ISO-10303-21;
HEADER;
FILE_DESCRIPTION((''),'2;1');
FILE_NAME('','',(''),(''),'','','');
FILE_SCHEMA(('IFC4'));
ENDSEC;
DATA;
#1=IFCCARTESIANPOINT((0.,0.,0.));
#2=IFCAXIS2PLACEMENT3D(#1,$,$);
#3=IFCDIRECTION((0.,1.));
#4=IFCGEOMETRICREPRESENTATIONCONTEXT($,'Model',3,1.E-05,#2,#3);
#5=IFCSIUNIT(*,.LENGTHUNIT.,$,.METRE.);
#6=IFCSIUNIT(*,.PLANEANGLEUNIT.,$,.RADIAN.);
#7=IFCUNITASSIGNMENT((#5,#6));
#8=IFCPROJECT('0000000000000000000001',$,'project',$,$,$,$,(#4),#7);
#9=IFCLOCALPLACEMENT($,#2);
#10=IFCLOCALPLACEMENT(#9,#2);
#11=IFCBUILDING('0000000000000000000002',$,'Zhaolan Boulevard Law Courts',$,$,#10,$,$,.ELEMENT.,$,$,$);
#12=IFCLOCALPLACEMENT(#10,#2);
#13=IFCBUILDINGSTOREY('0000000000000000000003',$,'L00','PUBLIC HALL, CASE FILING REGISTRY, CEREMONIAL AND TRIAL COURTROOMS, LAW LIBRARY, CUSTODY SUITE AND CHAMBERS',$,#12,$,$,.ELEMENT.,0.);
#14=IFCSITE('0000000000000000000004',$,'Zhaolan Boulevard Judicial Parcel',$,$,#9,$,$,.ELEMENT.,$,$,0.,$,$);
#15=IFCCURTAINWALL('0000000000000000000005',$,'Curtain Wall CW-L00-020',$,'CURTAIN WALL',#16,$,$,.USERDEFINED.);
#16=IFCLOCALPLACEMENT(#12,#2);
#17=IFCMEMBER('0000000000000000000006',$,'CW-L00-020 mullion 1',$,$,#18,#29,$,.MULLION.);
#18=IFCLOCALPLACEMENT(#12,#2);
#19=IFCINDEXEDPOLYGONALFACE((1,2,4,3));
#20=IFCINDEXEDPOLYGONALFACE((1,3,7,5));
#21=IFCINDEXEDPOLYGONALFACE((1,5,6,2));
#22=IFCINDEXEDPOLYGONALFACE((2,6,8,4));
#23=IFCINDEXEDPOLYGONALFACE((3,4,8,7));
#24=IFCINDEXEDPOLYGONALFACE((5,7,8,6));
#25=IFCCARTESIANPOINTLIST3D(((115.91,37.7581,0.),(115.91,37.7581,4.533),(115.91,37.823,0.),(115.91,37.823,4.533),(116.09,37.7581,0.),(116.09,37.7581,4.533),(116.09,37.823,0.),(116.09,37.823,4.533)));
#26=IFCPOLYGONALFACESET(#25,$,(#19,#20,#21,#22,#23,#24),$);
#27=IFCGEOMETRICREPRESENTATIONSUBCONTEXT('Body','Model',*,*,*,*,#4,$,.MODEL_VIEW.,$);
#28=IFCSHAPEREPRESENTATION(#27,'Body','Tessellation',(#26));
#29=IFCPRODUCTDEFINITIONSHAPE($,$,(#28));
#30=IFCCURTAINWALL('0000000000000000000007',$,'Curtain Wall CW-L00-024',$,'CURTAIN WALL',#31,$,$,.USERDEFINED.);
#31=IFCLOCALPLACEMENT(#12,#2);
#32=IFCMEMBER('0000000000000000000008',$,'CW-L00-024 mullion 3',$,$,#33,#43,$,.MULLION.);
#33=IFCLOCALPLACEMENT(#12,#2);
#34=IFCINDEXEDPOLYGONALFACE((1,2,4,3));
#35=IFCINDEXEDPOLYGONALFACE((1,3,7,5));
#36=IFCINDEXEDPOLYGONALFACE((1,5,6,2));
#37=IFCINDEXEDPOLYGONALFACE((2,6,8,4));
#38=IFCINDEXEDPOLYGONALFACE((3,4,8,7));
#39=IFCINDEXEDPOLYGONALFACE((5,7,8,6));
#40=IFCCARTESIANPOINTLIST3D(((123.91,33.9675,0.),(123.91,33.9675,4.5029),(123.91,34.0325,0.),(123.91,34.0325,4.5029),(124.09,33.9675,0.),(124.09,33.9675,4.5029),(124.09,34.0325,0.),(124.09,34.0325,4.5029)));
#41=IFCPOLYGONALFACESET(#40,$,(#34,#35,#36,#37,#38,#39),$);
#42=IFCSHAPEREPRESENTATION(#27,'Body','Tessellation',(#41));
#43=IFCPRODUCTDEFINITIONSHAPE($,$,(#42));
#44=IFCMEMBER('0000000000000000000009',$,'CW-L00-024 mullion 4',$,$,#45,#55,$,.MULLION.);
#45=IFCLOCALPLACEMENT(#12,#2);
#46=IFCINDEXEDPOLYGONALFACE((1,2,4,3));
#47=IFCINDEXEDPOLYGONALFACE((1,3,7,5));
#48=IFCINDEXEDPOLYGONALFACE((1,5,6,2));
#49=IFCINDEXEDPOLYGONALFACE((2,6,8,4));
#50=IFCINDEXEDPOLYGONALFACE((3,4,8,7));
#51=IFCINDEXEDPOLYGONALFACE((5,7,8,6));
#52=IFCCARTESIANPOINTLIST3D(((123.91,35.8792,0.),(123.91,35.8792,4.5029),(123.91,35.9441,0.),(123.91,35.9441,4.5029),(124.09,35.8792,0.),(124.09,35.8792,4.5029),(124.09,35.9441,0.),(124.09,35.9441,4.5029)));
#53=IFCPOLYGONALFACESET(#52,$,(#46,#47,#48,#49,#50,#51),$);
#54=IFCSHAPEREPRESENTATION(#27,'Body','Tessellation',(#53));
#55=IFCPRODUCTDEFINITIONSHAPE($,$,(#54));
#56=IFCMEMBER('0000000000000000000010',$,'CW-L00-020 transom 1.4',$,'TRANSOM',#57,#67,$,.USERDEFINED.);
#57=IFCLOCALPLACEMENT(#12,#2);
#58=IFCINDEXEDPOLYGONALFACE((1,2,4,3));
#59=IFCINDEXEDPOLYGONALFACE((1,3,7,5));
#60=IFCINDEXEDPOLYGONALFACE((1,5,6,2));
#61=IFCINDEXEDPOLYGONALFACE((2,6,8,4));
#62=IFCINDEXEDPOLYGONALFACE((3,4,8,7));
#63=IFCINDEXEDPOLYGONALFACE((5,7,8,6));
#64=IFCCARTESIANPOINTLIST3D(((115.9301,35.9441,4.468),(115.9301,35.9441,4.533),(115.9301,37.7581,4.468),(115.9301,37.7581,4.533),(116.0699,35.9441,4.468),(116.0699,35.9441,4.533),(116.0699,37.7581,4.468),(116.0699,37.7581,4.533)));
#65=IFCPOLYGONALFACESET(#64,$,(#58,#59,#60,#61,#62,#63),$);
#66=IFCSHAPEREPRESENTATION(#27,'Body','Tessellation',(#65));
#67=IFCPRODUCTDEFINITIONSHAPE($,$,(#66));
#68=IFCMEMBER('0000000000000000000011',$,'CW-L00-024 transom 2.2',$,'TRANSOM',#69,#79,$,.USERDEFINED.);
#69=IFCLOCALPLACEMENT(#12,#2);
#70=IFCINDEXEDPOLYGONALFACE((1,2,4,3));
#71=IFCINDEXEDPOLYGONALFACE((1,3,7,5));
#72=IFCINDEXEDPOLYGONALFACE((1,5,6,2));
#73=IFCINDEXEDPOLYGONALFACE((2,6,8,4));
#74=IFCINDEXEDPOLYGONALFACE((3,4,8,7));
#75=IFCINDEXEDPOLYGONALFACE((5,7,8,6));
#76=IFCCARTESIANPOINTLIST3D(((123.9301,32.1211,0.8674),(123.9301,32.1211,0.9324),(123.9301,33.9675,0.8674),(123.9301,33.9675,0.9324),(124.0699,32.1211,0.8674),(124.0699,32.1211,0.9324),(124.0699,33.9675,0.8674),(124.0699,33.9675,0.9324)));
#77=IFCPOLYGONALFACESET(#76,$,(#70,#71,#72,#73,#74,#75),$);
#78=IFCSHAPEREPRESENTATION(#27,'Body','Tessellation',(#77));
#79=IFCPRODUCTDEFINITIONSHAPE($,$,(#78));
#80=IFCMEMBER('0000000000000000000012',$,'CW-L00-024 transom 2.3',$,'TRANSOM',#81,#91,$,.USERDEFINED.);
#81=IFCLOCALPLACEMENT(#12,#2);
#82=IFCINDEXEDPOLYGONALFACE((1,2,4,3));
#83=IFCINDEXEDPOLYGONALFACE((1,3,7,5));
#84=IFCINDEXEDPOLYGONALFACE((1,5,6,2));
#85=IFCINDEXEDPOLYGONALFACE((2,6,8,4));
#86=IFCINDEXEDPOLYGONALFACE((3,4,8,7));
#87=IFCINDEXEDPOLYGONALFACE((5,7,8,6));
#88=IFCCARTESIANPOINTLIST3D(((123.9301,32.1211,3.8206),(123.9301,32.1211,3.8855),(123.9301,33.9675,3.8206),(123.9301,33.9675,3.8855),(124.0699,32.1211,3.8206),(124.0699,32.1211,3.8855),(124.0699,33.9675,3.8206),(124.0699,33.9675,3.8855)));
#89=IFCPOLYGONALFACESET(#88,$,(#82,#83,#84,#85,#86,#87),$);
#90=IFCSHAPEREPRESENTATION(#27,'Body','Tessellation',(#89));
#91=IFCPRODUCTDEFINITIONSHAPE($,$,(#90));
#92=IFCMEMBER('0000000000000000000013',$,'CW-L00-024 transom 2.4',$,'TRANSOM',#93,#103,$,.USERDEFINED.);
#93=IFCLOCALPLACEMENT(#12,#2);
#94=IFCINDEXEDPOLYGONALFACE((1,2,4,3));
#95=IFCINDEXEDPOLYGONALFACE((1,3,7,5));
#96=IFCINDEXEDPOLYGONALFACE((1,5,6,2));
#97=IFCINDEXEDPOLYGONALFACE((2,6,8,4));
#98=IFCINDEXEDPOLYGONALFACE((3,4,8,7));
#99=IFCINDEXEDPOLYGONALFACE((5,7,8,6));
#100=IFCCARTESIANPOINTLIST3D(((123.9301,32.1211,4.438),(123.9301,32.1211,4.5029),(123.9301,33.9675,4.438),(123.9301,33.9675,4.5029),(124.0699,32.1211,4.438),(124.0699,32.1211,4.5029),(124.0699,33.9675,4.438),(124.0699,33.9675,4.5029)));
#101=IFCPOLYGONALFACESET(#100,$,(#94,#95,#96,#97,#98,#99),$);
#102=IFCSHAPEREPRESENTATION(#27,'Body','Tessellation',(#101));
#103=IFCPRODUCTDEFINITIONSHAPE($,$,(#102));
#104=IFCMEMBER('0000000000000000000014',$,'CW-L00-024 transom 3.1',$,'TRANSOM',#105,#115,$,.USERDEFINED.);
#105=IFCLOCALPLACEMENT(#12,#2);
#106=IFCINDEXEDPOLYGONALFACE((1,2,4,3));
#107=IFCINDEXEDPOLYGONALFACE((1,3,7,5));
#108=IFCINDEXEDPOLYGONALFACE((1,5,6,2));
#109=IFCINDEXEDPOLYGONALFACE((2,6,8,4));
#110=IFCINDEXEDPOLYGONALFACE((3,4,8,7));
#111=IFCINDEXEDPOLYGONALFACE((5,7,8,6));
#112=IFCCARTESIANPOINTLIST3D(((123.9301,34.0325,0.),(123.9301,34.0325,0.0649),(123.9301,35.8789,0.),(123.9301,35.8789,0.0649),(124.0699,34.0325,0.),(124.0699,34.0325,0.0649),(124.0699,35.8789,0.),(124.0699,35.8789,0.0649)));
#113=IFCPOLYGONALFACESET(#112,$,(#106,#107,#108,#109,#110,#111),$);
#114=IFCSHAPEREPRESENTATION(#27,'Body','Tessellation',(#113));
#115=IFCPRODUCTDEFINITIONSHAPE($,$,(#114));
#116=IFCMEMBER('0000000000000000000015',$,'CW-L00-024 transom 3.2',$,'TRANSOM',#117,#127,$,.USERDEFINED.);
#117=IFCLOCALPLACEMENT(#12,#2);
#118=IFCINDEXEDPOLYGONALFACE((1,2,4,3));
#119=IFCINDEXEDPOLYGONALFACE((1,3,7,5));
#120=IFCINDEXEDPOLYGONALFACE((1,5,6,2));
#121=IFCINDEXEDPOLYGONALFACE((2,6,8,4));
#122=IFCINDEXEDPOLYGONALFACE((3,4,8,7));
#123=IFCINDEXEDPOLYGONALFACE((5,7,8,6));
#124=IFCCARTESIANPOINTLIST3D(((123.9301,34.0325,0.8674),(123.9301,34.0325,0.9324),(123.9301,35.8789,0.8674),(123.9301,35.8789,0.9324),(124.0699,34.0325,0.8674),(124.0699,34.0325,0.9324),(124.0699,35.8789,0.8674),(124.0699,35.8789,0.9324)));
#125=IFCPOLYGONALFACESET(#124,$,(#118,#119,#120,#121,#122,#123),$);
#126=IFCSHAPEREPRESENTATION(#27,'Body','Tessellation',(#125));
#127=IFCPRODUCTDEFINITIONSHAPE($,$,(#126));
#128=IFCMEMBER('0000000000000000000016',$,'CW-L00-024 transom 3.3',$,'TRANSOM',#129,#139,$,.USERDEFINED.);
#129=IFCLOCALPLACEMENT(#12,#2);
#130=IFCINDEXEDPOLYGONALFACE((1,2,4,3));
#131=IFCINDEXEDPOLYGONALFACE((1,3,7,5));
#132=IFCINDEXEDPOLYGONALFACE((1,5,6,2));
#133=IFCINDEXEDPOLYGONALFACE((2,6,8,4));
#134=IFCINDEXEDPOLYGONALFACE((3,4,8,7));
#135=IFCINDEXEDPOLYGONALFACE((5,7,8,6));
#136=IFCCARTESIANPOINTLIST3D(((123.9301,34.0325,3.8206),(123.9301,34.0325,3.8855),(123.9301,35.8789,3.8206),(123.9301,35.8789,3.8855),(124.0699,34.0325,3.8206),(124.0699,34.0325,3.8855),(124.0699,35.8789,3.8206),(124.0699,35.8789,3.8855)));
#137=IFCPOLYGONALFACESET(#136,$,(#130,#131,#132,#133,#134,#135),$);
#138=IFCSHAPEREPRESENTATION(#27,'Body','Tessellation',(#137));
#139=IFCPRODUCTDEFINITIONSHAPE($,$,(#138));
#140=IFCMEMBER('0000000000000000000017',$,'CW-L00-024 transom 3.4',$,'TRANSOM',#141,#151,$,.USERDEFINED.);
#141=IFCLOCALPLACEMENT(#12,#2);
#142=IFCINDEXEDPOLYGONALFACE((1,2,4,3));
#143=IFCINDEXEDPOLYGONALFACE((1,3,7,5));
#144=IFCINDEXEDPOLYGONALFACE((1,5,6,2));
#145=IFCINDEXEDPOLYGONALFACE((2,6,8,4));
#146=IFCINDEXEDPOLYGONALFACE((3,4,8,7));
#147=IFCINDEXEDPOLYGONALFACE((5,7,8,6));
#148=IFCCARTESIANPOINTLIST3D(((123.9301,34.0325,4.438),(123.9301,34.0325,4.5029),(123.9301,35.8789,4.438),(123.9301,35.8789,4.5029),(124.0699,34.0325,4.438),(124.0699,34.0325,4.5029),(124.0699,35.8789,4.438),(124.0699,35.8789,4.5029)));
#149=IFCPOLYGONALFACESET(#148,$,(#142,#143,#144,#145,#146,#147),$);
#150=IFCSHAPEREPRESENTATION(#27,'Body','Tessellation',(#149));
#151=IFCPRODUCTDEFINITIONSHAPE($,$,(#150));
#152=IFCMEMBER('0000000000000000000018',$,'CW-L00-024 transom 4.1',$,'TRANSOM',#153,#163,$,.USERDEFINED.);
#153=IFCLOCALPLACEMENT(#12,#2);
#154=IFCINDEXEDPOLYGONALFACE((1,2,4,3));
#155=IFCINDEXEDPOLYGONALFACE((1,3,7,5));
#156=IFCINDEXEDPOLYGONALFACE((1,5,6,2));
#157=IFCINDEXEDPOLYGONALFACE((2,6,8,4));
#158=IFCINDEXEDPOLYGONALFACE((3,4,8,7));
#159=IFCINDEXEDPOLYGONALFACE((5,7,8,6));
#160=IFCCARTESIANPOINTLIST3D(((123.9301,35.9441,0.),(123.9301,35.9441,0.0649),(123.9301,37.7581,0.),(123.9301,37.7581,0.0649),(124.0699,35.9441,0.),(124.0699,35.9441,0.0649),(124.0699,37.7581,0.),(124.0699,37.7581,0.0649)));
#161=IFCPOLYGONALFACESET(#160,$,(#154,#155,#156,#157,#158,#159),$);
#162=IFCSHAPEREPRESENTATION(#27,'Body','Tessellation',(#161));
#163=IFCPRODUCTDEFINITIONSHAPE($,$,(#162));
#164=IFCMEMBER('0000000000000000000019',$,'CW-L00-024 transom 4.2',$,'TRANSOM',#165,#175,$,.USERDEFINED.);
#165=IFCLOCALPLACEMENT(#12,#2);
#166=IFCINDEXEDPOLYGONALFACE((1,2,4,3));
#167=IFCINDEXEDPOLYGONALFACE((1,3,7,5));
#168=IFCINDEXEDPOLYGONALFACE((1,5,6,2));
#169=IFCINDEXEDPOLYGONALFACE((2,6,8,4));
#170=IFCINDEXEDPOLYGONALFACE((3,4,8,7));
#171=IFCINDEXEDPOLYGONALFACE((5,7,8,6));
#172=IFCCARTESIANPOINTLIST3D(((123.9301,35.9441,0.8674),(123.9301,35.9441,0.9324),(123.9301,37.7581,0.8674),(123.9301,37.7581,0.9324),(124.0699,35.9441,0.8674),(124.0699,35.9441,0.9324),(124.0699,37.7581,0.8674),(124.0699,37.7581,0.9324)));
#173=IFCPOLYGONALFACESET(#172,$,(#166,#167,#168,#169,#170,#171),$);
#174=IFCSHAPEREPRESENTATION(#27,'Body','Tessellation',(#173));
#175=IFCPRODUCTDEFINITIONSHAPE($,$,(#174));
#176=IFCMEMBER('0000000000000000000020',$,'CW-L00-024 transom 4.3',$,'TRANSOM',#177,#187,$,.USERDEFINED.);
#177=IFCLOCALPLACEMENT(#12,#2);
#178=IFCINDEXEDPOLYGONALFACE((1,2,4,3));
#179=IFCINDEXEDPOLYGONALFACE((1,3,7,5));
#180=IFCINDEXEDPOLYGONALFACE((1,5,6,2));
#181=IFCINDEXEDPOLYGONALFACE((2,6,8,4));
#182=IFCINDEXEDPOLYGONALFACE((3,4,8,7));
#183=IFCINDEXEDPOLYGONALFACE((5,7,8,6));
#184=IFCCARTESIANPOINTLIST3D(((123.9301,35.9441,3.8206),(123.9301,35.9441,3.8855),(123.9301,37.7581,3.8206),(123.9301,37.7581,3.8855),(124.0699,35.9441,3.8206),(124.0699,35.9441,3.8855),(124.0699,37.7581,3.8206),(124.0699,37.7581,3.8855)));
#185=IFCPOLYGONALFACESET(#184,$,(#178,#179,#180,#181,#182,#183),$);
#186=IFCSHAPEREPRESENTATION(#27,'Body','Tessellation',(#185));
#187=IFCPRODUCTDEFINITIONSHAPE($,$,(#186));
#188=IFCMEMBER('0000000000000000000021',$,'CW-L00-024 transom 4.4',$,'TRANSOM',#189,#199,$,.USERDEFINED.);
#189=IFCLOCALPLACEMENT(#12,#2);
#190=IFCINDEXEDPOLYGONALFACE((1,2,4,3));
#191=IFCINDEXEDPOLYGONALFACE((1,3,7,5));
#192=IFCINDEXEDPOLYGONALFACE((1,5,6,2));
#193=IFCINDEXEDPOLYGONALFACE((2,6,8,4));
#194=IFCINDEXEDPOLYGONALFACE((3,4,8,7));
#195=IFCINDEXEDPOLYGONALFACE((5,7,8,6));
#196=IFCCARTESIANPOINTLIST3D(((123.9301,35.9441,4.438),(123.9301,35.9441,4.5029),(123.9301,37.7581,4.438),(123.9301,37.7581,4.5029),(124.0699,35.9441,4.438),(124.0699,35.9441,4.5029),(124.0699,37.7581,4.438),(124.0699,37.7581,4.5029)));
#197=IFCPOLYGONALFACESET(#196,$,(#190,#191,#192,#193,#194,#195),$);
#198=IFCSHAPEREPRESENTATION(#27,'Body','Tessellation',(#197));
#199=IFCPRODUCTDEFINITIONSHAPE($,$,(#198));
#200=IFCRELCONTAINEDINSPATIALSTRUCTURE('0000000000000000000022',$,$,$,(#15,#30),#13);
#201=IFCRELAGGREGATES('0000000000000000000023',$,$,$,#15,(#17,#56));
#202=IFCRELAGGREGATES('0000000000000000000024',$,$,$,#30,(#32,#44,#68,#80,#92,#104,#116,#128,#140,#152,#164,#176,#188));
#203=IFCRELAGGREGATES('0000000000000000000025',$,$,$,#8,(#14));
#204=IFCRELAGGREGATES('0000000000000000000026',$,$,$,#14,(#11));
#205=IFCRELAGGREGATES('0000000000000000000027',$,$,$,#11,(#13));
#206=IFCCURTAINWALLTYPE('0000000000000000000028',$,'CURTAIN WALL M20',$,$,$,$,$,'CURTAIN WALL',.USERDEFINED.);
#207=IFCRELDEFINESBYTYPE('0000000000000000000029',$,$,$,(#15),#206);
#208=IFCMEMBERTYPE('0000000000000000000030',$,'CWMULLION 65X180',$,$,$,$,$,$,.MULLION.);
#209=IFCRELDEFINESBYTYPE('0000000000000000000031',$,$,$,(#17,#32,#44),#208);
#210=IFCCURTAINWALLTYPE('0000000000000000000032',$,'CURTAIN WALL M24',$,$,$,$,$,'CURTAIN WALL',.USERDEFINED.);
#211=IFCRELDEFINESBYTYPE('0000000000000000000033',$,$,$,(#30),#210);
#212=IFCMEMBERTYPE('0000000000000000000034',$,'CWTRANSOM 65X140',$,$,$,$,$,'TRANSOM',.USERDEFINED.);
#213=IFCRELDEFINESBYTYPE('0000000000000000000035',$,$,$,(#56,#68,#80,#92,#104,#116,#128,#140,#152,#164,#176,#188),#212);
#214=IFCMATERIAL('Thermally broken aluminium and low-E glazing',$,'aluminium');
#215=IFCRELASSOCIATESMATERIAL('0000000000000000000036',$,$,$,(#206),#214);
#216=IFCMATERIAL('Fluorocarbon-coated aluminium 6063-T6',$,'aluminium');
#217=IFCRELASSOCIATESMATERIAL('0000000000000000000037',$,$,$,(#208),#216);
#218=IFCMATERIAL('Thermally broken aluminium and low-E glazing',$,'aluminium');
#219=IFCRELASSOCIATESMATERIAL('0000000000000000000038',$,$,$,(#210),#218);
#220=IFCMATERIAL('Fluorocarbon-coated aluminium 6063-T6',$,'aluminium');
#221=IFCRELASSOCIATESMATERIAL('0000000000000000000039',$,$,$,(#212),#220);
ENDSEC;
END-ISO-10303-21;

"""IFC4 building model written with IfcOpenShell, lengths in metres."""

from ifc_helpers import new_model, si_unit, direction, frame, origin, origin_2d, place, context, subcontext, project, spatial, rectangle, extrude, material, material_profile, profile_set, type_object, element, aggregate, save


model = new_model("IFC4")

# Units and contexts
model_context = context("Model", 3, precision=1e-05, world=origin(), true_north=direction((0.0, 1.0)))
body_context = subcontext(model_context, "Body", "Model", "MODEL_VIEW")
ifc_project = project(units=[si_unit("LENGTHUNIT", "METRE"), si_unit("PLANEANGLEUNIT", "RADIAN")], contexts=[model_context])

# Site, building, storey
site_placement = place(None, origin())
site = spatial("IfcSite", under=ifc_project, at=site_placement, Name="Zhaolan Boulevard Judicial Parcel", CompositionType="ELEMENT", RefElevation=0.0)
building_placement = place(site_placement, origin())
building = spatial("IfcBuilding", under=site, at=building_placement, Name="Zhaolan Boulevard Law Courts", CompositionType="ELEMENT")
storey_placement = place(building_placement, origin())
storey = spatial("IfcBuildingStorey", under=building, at=storey_placement, Name="L00", Description="PUBLIC HALL, CASE FILING REGISTRY, CEREMONIAL AND TRIAL COURTROOMS, LAW LIBRARY, CUSTODY SUITE AND CHAMBERS", CompositionType="ELEMENT", Elevation=0.0)

# Curtain wall, member
ifc_material_1 = material(Name="Thermally broken aluminium and low-E glazing", Category="aluminium")
curtain_wall_type_1 = type_object("IfcCurtainWallType", Name="CURTAIN WALL M20", ElementType="CURTAIN WALL", PredefinedType="USERDEFINED", material=ifc_material_1)
curtain_wall_1_placement = place(storey_placement, origin())
curtain_wall_1 = element("IfcCurtainWall", 1, at=curtain_wall_1_placement, inside=storey, type_object=curtain_wall_type_1, Name="Curtain Wall CW-L00-020", ObjectType="CURTAIN WALL", PredefinedType="USERDEFINED")
ifc_material_2 = material(Name="Fluorocarbon-coated aluminium 6063-T6", Category="aluminium")
ifc_material_profile_1 = material_profile(ifc_material_2, rectangle(XDim=0.1799, YDim=0.0649, at=origin_2d()), Name="AL65x180")
ifc_profile_set_1 = profile_set([ifc_material_profile_1], Name="Fluorocarbon-coated aluminium 6063-T6")
member_type_1 = type_object("IfcMemberType", Name="CWMULLION 65X180", PredefinedType="MULLION", material=ifc_profile_set_1)
member_1_placement = place(storey_placement, frame((116.0, 37.7905, 0.0), z_axis=(0.0, 0.0, 1.0), x_axis=(1.0, 0.0, 0.0)))
member_1 = element("IfcMember", 2, at=member_1_placement, type_object=member_type_1, Name="CW-L00-020 mullion 1", PredefinedType="MULLION", context=body_context, shape_type="SweptSolid", body=[
    extrude(rectangle(XDim=0.1799, YDim=0.0649, at=origin_2d()), origin(), (0.0, 0.0, 1.0), 4.533),
])

# Curtain wall, members
ifc_material_3 = material(Name="Thermally broken aluminium and low-E glazing", Category="aluminium")
curtain_wall_type_2 = type_object("IfcCurtainWallType", Name="CURTAIN WALL M24", ElementType="CURTAIN WALL", PredefinedType="USERDEFINED", material=ifc_material_3)
curtain_wall_2_placement = place(storey_placement, origin())
curtain_wall_2 = element("IfcCurtainWall", 3, at=curtain_wall_2_placement, inside=storey, type_object=curtain_wall_type_2, Name="Curtain Wall CW-L00-024", ObjectType="CURTAIN WALL", PredefinedType="USERDEFINED")
member_2_placement = place(storey_placement, frame((124.0, 34.0, 0.0), z_axis=(0.0, 0.0, 1.0), x_axis=(-1.0, 0.0, 0.0)))
member_2 = element("IfcMember", 4, at=member_2_placement, type_object=member_type_1, Name="CW-L00-024 mullion 3", PredefinedType="MULLION", context=body_context, shape_type="SweptSolid", body=[
    extrude(rectangle(XDim=0.1799, YDim=0.0649, at=origin_2d()), origin(), (0.0, 0.0, 1.0), 4.5029),
])
member_3_placement = place(storey_placement, frame((124.0, 35.9116, 0.0), z_axis=(0.0, 0.0, 1.0), x_axis=(-1.0, 0.0, 0.0)))
member_3 = element("IfcMember", 5, at=member_3_placement, type_object=member_type_1, Name="CW-L00-024 mullion 4", PredefinedType="MULLION", context=body_context, shape_type="SweptSolid", body=[
    extrude(rectangle(XDim=0.1799, YDim=0.0649, at=origin_2d()), origin(), (0.0, 0.0, 1.0), 4.5029),
])

# Members
ifc_material_4 = material(Name="Fluorocarbon-coated aluminium 6063-T6", Category="aluminium")
ifc_material_profile_2 = material_profile(ifc_material_4, rectangle(XDim=0.1399, YDim=0.0649, at=origin_2d()), Name="AL65x140")
ifc_profile_set_2 = profile_set([ifc_material_profile_2], Name="Fluorocarbon-coated aluminium 6063-T6")
member_type_2 = type_object("IfcMemberType", Name="CWTRANSOM 65X140", ElementType="TRANSOM", PredefinedType="USERDEFINED", material=ifc_profile_set_2)
member_4_placement = place(storey_placement, frame((116.0, 37.7581, 4.5005), z_axis=(0.0, -1.0, 0.0), x_axis=(1.0, 0.0, 0.0)))
member_4 = element("IfcMember", 6, at=member_4_placement, type_object=member_type_2, Name="CW-L00-020 transom 1.4", ObjectType="TRANSOM", PredefinedType="USERDEFINED", context=body_context, shape_type="SweptSolid", body=[
    extrude(rectangle(XDim=0.1399, YDim=0.0649, at=origin_2d()), origin(), (0.0, 0.0, 1.0), 1.814),
])
aggregate(curtain_wall_1, [member_1, member_4])
member_5_placement = place(storey_placement, frame((124.0, 32.1211, 0.8999), z_axis=(0.0, 1.0, 0.0), x_axis=(-1.0, 0.0, 0.0)))
member_5 = element("IfcMember", 7, at=member_5_placement, type_object=member_type_2, Name="CW-L00-024 transom 2.2", ObjectType="TRANSOM", PredefinedType="USERDEFINED", context=body_context, shape_type="SweptSolid", body=[
    extrude(rectangle(XDim=0.1399, YDim=0.0649, at=origin_2d()), origin(), (0.0, 0.0, 1.0), 1.8464),
])
member_6_placement = place(storey_placement, frame((124.0, 32.1211, 3.853), z_axis=(0.0, 1.0, 0.0), x_axis=(-1.0, 0.0, 0.0)))
member_6 = element("IfcMember", 8, at=member_6_placement, type_object=member_type_2, Name="CW-L00-024 transom 2.3", ObjectType="TRANSOM", PredefinedType="USERDEFINED", context=body_context, shape_type="SweptSolid", body=[
    extrude(rectangle(XDim=0.1399, YDim=0.0649, at=origin_2d()), origin(), (0.0, 0.0, 1.0), 1.8464),
])
member_7_placement = place(storey_placement, frame((124.0, 32.1211, 4.4705), z_axis=(0.0, 1.0, 0.0), x_axis=(-1.0, 0.0, 0.0)))
member_7 = element("IfcMember", 9, at=member_7_placement, type_object=member_type_2, Name="CW-L00-024 transom 2.4", ObjectType="TRANSOM", PredefinedType="USERDEFINED", context=body_context, shape_type="SweptSolid", body=[
    extrude(rectangle(XDim=0.1399, YDim=0.0649, at=origin_2d()), origin(), (0.0, 0.0, 1.0), 1.8464),
])
member_8_placement = place(storey_placement, frame((124.0, 34.0325, 0.0325), z_axis=(0.0, 1.0, 0.0), x_axis=(-1.0, 0.0, 0.0)))
member_8 = element("IfcMember", 10, at=member_8_placement, type_object=member_type_2, Name="CW-L00-024 transom 3.1", ObjectType="TRANSOM", PredefinedType="USERDEFINED", context=body_context, shape_type="SweptSolid", body=[
    extrude(rectangle(XDim=0.1399, YDim=0.0649, at=origin_2d()), origin(), (0.0, 0.0, 1.0), 1.8464),
])
member_9_placement = place(storey_placement, frame((124.0, 34.0325, 0.8999), z_axis=(0.0, 1.0, 0.0), x_axis=(-1.0, 0.0, 0.0)))
member_9 = element("IfcMember", 11, at=member_9_placement, type_object=member_type_2, Name="CW-L00-024 transom 3.2", ObjectType="TRANSOM", PredefinedType="USERDEFINED", context=body_context, shape_type="SweptSolid", body=[
    extrude(rectangle(XDim=0.1399, YDim=0.0649, at=origin_2d()), origin(), (0.0, 0.0, 1.0), 1.8464),
])
member_10_placement = place(storey_placement, frame((124.0, 34.0325, 3.853), z_axis=(0.0, 1.0, 0.0), x_axis=(-1.0, 0.0, 0.0)))
member_10 = element("IfcMember", 12, at=member_10_placement, type_object=member_type_2, Name="CW-L00-024 transom 3.3", ObjectType="TRANSOM", PredefinedType="USERDEFINED", context=body_context, shape_type="SweptSolid", body=[
    extrude(rectangle(XDim=0.1399, YDim=0.0649, at=origin_2d()), origin(), (0.0, 0.0, 1.0), 1.8464),
])
member_11_placement = place(storey_placement, frame((124.0, 34.0325, 4.4705), z_axis=(0.0, 1.0, 0.0), x_axis=(-1.0, 0.0, 0.0)))
member_11 = element("IfcMember", 13, at=member_11_placement, type_object=member_type_2, Name="CW-L00-024 transom 3.4", ObjectType="TRANSOM", PredefinedType="USERDEFINED", context=body_context, shape_type="SweptSolid", body=[
    extrude(rectangle(XDim=0.1399, YDim=0.0649, at=origin_2d()), origin(), (0.0, 0.0, 1.0), 1.8464),
])
member_12_placement = place(storey_placement, frame((124.0, 35.9441, 0.0325), z_axis=(0.0, 1.0, 0.0), x_axis=(-1.0, 0.0, 0.0)))
member_12 = element("IfcMember", 14, at=member_12_placement, type_object=member_type_2, Name="CW-L00-024 transom 4.1", ObjectType="TRANSOM", PredefinedType="USERDEFINED", context=body_context, shape_type="SweptSolid", body=[
    extrude(rectangle(XDim=0.1399, YDim=0.0649, at=origin_2d()), origin(), (0.0, 0.0, 1.0), 1.814),
])
member_13_placement = place(storey_placement, frame((124.0, 35.9441, 0.8999), z_axis=(0.0, 1.0, 0.0), x_axis=(-1.0, 0.0, 0.0)))
member_13 = element("IfcMember", 15, at=member_13_placement, type_object=member_type_2, Name="CW-L00-024 transom 4.2", ObjectType="TRANSOM", PredefinedType="USERDEFINED", context=body_context, shape_type="SweptSolid", body=[
    extrude(rectangle(XDim=0.1399, YDim=0.0649, at=origin_2d()), origin(), (0.0, 0.0, 1.0), 1.814),
])
member_14_placement = place(storey_placement, frame((124.0, 35.9441, 3.853), z_axis=(0.0, 1.0, 0.0), x_axis=(-1.0, 0.0, 0.0)))
member_14 = element("IfcMember", 16, at=member_14_placement, type_object=member_type_2, Name="CW-L00-024 transom 4.3", ObjectType="TRANSOM", PredefinedType="USERDEFINED", context=body_context, shape_type="SweptSolid", body=[
    extrude(rectangle(XDim=0.1399, YDim=0.0649, at=origin_2d()), origin(), (0.0, 0.0, 1.0), 1.814),
])
member_15_placement = place(storey_placement, frame((124.0, 35.9441, 4.4705), z_axis=(0.0, 1.0, 0.0), x_axis=(-1.0, 0.0, 0.0)))
member_15 = element("IfcMember", 17, at=member_15_placement, type_object=member_type_2, Name="CW-L00-024 transom 4.4", ObjectType="TRANSOM", PredefinedType="USERDEFINED", context=body_context, shape_type="SweptSolid", body=[
    extrude(rectangle(XDim=0.1399, YDim=0.0649, at=origin_2d()), origin(), (0.0, 0.0, 1.0), 1.814),
])

aggregate(curtain_wall_2, [member_2, member_3, member_5, member_6, member_7, member_8, member_9, member_10, member_11, member_12, member_13, member_14, member_15])

save(model, "model.ifc")
